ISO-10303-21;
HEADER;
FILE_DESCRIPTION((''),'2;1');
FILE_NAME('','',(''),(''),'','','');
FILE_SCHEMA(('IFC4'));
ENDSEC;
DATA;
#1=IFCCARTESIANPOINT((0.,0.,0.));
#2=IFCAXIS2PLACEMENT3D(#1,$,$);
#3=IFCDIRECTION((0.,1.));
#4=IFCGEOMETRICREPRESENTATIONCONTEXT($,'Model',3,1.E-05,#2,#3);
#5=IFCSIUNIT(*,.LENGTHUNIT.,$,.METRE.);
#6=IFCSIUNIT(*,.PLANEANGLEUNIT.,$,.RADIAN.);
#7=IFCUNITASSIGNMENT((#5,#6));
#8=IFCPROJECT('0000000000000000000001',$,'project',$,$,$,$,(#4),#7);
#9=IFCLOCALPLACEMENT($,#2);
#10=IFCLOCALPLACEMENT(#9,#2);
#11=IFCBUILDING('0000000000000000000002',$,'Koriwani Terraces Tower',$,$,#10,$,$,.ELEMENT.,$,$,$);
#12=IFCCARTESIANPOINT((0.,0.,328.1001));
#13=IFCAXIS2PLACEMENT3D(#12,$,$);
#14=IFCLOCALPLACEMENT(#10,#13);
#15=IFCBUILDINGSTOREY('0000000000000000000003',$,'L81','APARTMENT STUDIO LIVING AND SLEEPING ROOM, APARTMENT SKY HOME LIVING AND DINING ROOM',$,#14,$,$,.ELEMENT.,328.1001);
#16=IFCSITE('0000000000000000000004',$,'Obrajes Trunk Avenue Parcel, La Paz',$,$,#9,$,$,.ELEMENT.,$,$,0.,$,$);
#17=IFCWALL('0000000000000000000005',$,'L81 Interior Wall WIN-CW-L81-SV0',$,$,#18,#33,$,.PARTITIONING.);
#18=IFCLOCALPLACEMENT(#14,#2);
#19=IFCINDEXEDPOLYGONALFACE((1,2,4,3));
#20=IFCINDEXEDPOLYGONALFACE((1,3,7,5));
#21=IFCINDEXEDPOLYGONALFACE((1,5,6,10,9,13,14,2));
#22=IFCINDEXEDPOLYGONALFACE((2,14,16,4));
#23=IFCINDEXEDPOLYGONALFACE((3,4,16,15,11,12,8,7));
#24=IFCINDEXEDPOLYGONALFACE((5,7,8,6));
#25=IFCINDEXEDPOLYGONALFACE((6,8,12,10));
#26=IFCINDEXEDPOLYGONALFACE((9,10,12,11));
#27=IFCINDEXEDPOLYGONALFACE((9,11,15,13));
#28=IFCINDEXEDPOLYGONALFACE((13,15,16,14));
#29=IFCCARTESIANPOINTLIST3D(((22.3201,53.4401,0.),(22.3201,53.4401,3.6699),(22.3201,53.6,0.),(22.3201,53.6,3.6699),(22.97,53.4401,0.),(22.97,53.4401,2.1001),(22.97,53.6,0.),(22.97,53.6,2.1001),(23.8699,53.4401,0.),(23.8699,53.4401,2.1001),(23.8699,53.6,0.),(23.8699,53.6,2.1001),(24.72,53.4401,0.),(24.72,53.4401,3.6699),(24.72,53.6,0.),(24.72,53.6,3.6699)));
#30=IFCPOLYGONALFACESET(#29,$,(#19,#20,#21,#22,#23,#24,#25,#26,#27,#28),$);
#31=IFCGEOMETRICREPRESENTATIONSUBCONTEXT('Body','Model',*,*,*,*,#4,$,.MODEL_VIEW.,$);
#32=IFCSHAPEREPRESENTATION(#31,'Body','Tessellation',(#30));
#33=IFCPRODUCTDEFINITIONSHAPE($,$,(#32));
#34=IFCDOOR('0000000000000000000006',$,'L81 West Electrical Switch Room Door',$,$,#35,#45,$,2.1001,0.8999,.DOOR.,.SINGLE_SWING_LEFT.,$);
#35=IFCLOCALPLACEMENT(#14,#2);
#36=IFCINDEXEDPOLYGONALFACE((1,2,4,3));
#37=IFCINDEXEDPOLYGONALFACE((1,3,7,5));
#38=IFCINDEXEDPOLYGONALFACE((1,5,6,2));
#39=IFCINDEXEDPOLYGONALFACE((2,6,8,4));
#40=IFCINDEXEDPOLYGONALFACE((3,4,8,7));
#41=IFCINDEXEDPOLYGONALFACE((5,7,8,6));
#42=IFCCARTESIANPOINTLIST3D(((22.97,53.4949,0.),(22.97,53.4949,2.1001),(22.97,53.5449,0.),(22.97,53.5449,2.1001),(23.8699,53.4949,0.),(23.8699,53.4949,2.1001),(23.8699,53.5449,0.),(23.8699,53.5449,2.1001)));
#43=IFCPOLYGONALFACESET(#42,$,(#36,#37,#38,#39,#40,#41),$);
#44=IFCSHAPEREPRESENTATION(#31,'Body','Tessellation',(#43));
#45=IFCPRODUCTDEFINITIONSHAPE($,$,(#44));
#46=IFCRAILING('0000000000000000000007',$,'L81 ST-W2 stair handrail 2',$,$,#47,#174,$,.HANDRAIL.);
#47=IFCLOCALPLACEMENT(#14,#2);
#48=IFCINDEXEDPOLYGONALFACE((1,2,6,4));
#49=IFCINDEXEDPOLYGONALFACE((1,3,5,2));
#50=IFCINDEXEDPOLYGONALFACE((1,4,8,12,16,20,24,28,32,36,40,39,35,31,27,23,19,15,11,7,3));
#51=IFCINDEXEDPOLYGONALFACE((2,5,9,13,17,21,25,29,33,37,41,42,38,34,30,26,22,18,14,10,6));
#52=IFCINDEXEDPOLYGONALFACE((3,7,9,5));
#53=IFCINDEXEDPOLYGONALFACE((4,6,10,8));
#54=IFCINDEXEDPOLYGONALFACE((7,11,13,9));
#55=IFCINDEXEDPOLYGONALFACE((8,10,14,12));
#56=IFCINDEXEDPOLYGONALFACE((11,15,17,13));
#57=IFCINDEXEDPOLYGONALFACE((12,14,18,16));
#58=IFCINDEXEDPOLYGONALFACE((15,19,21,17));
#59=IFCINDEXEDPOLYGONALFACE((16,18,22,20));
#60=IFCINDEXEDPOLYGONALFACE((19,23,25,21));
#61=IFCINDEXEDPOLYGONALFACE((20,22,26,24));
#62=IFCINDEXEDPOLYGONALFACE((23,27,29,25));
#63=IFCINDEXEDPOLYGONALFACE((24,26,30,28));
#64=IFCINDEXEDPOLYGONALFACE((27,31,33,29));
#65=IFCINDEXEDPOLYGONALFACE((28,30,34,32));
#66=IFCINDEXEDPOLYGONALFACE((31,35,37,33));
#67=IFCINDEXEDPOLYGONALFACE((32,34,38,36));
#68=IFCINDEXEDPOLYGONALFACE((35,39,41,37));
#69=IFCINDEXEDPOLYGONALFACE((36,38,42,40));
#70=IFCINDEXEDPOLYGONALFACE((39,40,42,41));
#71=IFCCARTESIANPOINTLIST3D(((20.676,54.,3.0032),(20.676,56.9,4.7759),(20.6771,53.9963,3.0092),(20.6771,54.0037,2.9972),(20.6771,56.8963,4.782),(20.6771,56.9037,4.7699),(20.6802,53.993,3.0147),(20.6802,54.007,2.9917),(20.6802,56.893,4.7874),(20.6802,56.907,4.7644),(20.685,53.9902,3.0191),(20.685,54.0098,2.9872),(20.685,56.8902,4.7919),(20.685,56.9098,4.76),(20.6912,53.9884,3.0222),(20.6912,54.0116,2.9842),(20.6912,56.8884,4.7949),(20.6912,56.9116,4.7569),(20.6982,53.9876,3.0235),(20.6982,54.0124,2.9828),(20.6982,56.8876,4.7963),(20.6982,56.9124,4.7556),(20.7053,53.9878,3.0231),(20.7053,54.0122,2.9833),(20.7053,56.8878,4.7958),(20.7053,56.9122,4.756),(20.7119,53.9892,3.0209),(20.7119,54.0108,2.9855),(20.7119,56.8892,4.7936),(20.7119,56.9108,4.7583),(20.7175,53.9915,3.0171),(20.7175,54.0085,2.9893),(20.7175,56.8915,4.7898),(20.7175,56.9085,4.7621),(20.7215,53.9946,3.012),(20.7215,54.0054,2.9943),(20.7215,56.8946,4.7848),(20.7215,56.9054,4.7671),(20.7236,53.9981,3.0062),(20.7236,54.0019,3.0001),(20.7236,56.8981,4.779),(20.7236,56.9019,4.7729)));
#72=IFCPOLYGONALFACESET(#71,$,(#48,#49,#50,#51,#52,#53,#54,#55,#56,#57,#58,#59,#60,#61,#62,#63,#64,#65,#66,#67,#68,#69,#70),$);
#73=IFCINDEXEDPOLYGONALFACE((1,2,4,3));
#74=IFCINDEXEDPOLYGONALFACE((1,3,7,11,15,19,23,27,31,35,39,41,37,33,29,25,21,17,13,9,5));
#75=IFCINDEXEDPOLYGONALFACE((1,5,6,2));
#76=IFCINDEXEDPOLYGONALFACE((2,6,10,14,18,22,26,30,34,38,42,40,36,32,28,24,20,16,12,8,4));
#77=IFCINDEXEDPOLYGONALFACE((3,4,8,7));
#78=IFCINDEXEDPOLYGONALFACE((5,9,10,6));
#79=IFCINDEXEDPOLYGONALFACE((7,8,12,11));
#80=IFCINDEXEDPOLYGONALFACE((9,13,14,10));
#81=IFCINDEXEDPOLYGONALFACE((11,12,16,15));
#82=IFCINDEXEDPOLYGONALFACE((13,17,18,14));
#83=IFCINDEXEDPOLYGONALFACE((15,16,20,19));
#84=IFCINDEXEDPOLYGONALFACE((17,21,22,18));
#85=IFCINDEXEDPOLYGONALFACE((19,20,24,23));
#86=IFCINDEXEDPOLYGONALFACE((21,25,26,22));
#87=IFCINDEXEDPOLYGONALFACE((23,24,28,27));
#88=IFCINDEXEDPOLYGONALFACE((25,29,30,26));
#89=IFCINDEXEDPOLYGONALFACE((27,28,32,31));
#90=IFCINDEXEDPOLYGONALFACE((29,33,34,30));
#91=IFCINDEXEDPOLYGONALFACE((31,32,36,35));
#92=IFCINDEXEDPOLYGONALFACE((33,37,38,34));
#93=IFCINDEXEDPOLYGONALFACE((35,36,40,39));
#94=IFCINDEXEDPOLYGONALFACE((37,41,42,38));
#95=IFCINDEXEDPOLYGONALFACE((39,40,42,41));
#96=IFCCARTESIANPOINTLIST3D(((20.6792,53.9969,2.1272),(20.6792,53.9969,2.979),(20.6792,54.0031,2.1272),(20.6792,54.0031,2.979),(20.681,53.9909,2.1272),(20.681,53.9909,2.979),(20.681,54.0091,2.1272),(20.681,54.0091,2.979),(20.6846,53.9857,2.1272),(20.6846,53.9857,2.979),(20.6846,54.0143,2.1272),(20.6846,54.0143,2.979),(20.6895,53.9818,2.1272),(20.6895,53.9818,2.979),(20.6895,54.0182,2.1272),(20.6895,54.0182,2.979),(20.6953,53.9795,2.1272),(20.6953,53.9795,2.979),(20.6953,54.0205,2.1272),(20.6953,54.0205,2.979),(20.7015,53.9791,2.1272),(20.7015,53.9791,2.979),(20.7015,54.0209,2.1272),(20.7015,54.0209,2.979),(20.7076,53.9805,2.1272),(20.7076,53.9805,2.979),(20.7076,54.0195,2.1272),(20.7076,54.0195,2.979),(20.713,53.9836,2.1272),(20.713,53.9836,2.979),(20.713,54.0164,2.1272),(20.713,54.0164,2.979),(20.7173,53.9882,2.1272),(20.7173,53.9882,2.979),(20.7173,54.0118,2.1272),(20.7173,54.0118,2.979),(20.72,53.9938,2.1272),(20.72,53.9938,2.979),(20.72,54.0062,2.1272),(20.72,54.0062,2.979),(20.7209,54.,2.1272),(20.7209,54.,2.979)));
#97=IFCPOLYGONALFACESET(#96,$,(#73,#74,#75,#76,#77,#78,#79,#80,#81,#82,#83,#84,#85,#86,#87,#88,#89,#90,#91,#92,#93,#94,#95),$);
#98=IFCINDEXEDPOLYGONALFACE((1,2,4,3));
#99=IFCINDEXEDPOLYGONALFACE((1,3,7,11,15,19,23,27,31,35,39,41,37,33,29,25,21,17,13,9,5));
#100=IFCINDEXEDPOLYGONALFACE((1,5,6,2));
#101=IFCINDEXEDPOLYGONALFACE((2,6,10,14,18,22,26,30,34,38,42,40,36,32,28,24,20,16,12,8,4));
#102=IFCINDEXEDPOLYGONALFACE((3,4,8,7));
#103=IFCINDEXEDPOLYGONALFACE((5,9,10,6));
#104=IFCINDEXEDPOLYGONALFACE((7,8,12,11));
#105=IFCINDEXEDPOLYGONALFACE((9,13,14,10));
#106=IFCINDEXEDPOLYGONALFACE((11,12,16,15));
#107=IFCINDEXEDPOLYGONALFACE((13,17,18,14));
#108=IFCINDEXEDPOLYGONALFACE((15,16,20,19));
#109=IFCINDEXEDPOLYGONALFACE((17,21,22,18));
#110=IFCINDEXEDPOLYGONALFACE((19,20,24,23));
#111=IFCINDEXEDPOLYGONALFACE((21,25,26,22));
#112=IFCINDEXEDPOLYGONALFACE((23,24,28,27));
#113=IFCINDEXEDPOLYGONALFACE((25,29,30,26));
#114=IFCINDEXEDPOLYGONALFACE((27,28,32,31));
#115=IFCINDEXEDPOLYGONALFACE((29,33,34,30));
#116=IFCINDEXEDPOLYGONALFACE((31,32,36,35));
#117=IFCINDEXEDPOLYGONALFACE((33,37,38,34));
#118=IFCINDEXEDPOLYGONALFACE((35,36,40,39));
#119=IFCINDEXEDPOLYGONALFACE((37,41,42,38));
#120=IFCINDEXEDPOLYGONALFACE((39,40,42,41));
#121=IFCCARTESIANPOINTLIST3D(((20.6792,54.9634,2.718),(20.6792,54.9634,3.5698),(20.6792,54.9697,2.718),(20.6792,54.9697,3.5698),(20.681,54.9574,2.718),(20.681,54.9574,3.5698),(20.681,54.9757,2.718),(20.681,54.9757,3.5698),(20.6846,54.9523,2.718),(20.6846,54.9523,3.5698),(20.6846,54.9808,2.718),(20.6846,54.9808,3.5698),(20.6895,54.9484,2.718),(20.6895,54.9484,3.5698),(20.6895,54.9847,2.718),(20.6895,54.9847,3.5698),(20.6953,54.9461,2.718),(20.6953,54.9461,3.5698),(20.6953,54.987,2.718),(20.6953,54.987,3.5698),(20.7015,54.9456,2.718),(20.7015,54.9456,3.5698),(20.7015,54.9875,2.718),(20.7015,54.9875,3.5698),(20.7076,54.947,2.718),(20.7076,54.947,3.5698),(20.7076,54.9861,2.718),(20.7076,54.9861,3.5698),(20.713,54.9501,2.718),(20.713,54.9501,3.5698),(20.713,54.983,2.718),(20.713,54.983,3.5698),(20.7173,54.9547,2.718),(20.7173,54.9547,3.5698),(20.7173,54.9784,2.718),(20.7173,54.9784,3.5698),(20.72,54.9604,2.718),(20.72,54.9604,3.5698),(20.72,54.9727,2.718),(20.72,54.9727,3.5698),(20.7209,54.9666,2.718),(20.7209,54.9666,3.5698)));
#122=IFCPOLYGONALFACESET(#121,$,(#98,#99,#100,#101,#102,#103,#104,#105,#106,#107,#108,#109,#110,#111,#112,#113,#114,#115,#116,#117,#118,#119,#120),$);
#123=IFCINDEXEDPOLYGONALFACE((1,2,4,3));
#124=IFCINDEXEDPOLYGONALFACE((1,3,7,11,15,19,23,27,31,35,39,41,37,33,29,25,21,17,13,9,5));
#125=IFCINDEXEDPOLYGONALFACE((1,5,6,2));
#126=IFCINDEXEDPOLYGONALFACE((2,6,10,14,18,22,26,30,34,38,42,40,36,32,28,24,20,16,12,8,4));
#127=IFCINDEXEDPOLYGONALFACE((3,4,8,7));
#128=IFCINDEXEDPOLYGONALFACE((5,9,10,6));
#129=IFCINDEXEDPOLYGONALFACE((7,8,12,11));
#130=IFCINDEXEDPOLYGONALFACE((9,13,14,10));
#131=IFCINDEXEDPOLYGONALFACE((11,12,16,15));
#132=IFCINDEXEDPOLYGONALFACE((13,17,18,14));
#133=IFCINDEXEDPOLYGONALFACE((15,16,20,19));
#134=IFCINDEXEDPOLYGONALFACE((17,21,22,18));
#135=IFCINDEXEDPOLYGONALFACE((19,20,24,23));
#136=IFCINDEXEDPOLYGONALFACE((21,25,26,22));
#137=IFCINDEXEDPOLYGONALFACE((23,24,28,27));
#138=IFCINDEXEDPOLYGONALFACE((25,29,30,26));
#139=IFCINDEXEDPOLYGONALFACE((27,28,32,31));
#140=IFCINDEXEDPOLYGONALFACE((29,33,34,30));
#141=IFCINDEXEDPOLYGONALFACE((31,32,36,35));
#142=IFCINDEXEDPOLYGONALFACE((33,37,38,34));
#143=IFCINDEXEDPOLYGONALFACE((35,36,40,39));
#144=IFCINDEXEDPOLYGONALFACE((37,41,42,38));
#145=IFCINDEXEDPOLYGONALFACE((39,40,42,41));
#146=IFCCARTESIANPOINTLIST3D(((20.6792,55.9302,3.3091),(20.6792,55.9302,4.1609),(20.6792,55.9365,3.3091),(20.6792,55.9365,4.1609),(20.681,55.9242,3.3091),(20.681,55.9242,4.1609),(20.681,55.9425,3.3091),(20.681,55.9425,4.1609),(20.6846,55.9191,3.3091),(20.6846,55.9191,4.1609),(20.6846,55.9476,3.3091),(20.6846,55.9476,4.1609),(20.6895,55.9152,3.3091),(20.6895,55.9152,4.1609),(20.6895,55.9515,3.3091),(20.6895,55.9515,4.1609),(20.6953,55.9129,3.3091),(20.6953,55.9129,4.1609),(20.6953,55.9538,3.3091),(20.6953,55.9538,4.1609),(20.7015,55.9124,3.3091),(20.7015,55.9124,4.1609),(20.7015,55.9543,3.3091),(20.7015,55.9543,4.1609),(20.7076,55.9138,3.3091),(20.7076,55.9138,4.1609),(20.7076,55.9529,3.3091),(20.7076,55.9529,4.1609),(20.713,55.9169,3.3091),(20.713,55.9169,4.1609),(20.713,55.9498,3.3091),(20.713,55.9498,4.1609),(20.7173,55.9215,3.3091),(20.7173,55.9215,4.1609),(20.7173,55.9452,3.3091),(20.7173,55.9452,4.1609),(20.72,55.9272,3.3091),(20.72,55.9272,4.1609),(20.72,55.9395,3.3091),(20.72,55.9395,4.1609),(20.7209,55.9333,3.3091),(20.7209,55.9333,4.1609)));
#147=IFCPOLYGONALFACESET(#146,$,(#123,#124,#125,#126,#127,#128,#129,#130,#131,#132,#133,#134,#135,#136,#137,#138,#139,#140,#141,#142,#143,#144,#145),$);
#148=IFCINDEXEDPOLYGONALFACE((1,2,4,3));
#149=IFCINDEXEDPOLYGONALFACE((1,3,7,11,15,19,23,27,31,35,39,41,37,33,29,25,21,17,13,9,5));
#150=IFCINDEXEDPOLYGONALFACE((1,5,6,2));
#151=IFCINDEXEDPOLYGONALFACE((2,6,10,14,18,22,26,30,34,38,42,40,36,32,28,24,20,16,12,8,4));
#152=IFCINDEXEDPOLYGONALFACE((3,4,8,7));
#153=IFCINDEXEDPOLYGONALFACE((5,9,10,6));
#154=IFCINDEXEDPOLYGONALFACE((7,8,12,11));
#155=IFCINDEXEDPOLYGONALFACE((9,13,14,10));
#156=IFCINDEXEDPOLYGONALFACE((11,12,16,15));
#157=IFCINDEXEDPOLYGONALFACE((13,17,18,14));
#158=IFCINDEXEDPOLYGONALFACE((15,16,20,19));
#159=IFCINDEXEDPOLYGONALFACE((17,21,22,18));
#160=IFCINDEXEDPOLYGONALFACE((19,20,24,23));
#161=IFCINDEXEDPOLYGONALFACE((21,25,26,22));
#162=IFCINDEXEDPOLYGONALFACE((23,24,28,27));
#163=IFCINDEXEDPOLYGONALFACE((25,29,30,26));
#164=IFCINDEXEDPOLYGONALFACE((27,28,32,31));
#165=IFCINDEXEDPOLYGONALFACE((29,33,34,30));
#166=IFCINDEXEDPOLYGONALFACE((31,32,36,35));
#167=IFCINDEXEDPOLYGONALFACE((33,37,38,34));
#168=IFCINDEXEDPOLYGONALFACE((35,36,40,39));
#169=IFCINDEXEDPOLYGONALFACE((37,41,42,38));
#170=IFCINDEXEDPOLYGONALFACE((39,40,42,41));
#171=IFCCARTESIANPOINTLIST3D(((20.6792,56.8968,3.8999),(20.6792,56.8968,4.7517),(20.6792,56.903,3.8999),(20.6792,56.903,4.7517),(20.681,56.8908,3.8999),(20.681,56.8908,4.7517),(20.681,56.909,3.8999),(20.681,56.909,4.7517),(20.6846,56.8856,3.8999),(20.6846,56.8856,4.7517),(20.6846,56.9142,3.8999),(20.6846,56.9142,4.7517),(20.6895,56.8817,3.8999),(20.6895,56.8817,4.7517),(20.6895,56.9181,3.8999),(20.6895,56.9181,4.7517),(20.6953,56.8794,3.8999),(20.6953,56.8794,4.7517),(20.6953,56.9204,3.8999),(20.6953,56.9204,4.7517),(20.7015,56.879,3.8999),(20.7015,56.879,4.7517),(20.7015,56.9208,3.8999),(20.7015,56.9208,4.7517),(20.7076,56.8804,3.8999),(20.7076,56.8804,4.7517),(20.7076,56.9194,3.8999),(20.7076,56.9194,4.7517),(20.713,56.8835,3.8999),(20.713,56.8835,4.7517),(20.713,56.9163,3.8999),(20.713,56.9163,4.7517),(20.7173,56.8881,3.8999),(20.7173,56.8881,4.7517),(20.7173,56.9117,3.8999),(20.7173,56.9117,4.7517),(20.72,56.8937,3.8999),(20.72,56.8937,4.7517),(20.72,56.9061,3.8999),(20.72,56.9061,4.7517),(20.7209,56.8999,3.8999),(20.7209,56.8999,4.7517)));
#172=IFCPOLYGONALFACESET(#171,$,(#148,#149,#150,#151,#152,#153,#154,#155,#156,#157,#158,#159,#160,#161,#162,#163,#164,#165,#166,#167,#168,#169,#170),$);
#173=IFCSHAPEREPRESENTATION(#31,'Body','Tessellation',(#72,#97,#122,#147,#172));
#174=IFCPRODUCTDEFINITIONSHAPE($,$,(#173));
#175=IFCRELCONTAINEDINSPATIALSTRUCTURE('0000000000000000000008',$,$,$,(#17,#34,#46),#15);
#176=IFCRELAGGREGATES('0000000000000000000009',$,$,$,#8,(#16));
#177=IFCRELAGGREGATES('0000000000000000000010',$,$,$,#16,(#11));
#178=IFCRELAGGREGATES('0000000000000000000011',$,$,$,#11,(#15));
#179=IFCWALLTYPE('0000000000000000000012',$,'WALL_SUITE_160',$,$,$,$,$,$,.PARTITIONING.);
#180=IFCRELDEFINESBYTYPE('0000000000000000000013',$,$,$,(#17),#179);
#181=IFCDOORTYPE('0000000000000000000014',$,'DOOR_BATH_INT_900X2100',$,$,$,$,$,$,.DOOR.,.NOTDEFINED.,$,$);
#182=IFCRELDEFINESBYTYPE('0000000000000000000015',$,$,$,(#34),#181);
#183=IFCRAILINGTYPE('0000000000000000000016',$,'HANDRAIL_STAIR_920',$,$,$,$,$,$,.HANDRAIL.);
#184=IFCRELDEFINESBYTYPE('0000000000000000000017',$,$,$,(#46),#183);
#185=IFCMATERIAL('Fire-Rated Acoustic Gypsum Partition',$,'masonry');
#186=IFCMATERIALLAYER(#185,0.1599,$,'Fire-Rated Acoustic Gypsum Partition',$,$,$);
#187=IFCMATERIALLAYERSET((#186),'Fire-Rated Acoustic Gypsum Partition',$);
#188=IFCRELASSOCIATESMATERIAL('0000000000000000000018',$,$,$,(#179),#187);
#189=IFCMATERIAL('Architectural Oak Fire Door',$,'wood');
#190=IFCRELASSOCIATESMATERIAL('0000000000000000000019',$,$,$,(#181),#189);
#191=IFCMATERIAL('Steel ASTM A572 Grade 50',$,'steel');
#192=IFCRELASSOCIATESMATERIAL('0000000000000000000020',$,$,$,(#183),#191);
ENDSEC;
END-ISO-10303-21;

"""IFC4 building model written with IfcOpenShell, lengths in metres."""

from ifc_helpers import new_model, si_unit, direction, frame, frame_2d, origin, origin_2d, place, context, subcontext, project, spatial, rectangle, circle, extrude, material, layer, layer_set, type_object, element, fill, save


model = new_model("IFC4")

# Units and contexts
model_context = context("Model", 3, precision=1e-05, world=origin(), true_north=direction((0.0, 1.0)))
body_context = subcontext(model_context, "Body", "Model", "MODEL_VIEW")
ifc_project = project(units=[si_unit("LENGTHUNIT", "METRE"), si_unit("PLANEANGLEUNIT", "RADIAN")], contexts=[model_context])

# Site, building, storey
site_placement = place(None, origin())
site = spatial("IfcSite", under=ifc_project, at=site_placement, Name="Obrajes Trunk Avenue Parcel, La Paz", CompositionType="ELEMENT", RefElevation=0.0)
building_placement = place(site_placement, origin())
building = spatial("IfcBuilding", under=site, at=building_placement, Name="Koriwani Terraces Tower", CompositionType="ELEMENT")
storey_placement = place(building_placement, frame((0.0, 0.0, 328.1001)))
storey = spatial("IfcBuildingStorey", under=building, at=storey_placement, Name="L81", Description="APARTMENT STUDIO LIVING AND SLEEPING ROOM, APARTMENT SKY HOME LIVING AND DINING ROOM", CompositionType="ELEMENT", Elevation=328.1001)

# Shared definitions
ifc_material_1 = material(Name="Steel ASTM A572 Grade 50", Category="steel")

# Wall, opening, door
ifc_material_2 = material(Name="Fire-Rated Acoustic Gypsum Partition", Category="masonry")
ifc_layer_1 = layer(ifc_material_2, 0.1599, Name="Fire-Rated Acoustic Gypsum Partition")
ifc_layer_set_1 = layer_set([ifc_layer_1], Name="Fire-Rated Acoustic Gypsum Partition")
wall_type_1 = type_object("IfcWallType", Name="WALL_SUITE_160", PredefinedType="PARTITIONING", material=ifc_layer_set_1)
wall_1_placement = place(storey_placement, frame((22.3201, 53.52, 0.0), z_axis=(0.0, 0.0, 1.0), x_axis=(1.0, 0.0, 0.0)))
wall_1 = element("IfcWall", 1, at=wall_1_placement, inside=storey, type_object=wall_type_1, Name="L81 Interior Wall WIN-CW-L81-SV0", PredefinedType="PARTITIONING", context=body_context, shape_type="SweptSolid", body=[
    extrude(rectangle(XDim=2.3999, YDim=0.1599, at=frame_2d((1.2, 0.0))), origin(), (0.0, 0.0, 1.0), 3.6699),
])
opening_1_placement = place(wall_1_placement, frame((0.6499, 0.0, 0.0)))
opening_1 = element("IfcOpeningElement", 2, at=opening_1_placement, cuts=wall_1, PredefinedType="OPENING", context=body_context, shape_type="SweptSolid", body=[
    extrude(rectangle(XDim=0.8999, YDim=2.1001, at=frame_2d((0.45, 1.05))), frame((0.0, 0.0898, 0.0), z_axis=(0.0, -1.0, 0.0), x_axis=(1.0, 0.0, 0.0)), (0.0, 0.0, 1.0), 0.1799),
])
ifc_material_3 = material(Name="Architectural Oak Fire Door", Category="wood")
door_type_1 = type_object("IfcDoorType", Name="DOOR_BATH_INT_900X2100", OperationType="NOTDEFINED", PredefinedType="DOOR", material=ifc_material_3)
door_1_placement = place(opening_1_placement, origin())
door_1 = element("IfcDoor", 3, at=door_1_placement, inside=storey, type_object=door_type_1, Name="L81 West Electrical Switch Room Door", OperationType="SINGLE_SWING_LEFT", OverallHeight=2.1001, OverallWidth=0.8999, PredefinedType="DOOR", context=body_context, shape_type="SweptSolid", body=[
    extrude(rectangle(XDim=0.8999, YDim=2.1001, at=frame_2d((0.45, 1.05))), frame((0.0, 0.0249, 0.0), z_axis=(0.0, -1.0, 0.0), x_axis=(1.0, 0.0, 0.0)), (0.0, 0.0, 1.0), 0.05),
])
fill(opening_1, door_1)

# Railing
railing_type = type_object("IfcRailingType", Name="HANDRAIL_STAIR_920", PredefinedType="HANDRAIL", material=ifc_material_1)
railing_placement = place(storey_placement, frame((20.7, 54.0, 2.1272)))
element("IfcRailing", 4, at=railing_placement, inside=storey, type_object=railing_type, Name="L81 ST-W2 stair handrail 2", PredefinedType="HANDRAIL", context=body_context, shape_type="SweptSolid", body=[
    extrude(circle(Radius=0.0239, at=origin_2d()), frame((0.0, 0.0, 0.876), z_axis=(0.0, 0.853211, 0.521566), x_axis=(-1.0, 0.0, 0.0)), (0.0, 0.0, 1.0), 3.3989),
    extrude(circle(Radius=0.021, at=origin_2d()), origin(), (0.0, 0.0, 1.0), 0.8518),
    extrude(circle(Radius=0.021, at=origin_2d()), frame((0.0, 0.9666, 0.5908)), (0.0, 0.0, 1.0), 0.8518),
    extrude(circle(Radius=0.021, at=origin_2d()), frame((0.0, 1.9333, 1.1819)), (0.0, 0.0, 1.0), 0.8518),
    extrude(circle(Radius=0.021, at=origin_2d()), frame((0.0, 2.8999, 1.7727)), (0.0, 0.0, 1.0), 0.8518),
])

save(model, "model.ifc")
